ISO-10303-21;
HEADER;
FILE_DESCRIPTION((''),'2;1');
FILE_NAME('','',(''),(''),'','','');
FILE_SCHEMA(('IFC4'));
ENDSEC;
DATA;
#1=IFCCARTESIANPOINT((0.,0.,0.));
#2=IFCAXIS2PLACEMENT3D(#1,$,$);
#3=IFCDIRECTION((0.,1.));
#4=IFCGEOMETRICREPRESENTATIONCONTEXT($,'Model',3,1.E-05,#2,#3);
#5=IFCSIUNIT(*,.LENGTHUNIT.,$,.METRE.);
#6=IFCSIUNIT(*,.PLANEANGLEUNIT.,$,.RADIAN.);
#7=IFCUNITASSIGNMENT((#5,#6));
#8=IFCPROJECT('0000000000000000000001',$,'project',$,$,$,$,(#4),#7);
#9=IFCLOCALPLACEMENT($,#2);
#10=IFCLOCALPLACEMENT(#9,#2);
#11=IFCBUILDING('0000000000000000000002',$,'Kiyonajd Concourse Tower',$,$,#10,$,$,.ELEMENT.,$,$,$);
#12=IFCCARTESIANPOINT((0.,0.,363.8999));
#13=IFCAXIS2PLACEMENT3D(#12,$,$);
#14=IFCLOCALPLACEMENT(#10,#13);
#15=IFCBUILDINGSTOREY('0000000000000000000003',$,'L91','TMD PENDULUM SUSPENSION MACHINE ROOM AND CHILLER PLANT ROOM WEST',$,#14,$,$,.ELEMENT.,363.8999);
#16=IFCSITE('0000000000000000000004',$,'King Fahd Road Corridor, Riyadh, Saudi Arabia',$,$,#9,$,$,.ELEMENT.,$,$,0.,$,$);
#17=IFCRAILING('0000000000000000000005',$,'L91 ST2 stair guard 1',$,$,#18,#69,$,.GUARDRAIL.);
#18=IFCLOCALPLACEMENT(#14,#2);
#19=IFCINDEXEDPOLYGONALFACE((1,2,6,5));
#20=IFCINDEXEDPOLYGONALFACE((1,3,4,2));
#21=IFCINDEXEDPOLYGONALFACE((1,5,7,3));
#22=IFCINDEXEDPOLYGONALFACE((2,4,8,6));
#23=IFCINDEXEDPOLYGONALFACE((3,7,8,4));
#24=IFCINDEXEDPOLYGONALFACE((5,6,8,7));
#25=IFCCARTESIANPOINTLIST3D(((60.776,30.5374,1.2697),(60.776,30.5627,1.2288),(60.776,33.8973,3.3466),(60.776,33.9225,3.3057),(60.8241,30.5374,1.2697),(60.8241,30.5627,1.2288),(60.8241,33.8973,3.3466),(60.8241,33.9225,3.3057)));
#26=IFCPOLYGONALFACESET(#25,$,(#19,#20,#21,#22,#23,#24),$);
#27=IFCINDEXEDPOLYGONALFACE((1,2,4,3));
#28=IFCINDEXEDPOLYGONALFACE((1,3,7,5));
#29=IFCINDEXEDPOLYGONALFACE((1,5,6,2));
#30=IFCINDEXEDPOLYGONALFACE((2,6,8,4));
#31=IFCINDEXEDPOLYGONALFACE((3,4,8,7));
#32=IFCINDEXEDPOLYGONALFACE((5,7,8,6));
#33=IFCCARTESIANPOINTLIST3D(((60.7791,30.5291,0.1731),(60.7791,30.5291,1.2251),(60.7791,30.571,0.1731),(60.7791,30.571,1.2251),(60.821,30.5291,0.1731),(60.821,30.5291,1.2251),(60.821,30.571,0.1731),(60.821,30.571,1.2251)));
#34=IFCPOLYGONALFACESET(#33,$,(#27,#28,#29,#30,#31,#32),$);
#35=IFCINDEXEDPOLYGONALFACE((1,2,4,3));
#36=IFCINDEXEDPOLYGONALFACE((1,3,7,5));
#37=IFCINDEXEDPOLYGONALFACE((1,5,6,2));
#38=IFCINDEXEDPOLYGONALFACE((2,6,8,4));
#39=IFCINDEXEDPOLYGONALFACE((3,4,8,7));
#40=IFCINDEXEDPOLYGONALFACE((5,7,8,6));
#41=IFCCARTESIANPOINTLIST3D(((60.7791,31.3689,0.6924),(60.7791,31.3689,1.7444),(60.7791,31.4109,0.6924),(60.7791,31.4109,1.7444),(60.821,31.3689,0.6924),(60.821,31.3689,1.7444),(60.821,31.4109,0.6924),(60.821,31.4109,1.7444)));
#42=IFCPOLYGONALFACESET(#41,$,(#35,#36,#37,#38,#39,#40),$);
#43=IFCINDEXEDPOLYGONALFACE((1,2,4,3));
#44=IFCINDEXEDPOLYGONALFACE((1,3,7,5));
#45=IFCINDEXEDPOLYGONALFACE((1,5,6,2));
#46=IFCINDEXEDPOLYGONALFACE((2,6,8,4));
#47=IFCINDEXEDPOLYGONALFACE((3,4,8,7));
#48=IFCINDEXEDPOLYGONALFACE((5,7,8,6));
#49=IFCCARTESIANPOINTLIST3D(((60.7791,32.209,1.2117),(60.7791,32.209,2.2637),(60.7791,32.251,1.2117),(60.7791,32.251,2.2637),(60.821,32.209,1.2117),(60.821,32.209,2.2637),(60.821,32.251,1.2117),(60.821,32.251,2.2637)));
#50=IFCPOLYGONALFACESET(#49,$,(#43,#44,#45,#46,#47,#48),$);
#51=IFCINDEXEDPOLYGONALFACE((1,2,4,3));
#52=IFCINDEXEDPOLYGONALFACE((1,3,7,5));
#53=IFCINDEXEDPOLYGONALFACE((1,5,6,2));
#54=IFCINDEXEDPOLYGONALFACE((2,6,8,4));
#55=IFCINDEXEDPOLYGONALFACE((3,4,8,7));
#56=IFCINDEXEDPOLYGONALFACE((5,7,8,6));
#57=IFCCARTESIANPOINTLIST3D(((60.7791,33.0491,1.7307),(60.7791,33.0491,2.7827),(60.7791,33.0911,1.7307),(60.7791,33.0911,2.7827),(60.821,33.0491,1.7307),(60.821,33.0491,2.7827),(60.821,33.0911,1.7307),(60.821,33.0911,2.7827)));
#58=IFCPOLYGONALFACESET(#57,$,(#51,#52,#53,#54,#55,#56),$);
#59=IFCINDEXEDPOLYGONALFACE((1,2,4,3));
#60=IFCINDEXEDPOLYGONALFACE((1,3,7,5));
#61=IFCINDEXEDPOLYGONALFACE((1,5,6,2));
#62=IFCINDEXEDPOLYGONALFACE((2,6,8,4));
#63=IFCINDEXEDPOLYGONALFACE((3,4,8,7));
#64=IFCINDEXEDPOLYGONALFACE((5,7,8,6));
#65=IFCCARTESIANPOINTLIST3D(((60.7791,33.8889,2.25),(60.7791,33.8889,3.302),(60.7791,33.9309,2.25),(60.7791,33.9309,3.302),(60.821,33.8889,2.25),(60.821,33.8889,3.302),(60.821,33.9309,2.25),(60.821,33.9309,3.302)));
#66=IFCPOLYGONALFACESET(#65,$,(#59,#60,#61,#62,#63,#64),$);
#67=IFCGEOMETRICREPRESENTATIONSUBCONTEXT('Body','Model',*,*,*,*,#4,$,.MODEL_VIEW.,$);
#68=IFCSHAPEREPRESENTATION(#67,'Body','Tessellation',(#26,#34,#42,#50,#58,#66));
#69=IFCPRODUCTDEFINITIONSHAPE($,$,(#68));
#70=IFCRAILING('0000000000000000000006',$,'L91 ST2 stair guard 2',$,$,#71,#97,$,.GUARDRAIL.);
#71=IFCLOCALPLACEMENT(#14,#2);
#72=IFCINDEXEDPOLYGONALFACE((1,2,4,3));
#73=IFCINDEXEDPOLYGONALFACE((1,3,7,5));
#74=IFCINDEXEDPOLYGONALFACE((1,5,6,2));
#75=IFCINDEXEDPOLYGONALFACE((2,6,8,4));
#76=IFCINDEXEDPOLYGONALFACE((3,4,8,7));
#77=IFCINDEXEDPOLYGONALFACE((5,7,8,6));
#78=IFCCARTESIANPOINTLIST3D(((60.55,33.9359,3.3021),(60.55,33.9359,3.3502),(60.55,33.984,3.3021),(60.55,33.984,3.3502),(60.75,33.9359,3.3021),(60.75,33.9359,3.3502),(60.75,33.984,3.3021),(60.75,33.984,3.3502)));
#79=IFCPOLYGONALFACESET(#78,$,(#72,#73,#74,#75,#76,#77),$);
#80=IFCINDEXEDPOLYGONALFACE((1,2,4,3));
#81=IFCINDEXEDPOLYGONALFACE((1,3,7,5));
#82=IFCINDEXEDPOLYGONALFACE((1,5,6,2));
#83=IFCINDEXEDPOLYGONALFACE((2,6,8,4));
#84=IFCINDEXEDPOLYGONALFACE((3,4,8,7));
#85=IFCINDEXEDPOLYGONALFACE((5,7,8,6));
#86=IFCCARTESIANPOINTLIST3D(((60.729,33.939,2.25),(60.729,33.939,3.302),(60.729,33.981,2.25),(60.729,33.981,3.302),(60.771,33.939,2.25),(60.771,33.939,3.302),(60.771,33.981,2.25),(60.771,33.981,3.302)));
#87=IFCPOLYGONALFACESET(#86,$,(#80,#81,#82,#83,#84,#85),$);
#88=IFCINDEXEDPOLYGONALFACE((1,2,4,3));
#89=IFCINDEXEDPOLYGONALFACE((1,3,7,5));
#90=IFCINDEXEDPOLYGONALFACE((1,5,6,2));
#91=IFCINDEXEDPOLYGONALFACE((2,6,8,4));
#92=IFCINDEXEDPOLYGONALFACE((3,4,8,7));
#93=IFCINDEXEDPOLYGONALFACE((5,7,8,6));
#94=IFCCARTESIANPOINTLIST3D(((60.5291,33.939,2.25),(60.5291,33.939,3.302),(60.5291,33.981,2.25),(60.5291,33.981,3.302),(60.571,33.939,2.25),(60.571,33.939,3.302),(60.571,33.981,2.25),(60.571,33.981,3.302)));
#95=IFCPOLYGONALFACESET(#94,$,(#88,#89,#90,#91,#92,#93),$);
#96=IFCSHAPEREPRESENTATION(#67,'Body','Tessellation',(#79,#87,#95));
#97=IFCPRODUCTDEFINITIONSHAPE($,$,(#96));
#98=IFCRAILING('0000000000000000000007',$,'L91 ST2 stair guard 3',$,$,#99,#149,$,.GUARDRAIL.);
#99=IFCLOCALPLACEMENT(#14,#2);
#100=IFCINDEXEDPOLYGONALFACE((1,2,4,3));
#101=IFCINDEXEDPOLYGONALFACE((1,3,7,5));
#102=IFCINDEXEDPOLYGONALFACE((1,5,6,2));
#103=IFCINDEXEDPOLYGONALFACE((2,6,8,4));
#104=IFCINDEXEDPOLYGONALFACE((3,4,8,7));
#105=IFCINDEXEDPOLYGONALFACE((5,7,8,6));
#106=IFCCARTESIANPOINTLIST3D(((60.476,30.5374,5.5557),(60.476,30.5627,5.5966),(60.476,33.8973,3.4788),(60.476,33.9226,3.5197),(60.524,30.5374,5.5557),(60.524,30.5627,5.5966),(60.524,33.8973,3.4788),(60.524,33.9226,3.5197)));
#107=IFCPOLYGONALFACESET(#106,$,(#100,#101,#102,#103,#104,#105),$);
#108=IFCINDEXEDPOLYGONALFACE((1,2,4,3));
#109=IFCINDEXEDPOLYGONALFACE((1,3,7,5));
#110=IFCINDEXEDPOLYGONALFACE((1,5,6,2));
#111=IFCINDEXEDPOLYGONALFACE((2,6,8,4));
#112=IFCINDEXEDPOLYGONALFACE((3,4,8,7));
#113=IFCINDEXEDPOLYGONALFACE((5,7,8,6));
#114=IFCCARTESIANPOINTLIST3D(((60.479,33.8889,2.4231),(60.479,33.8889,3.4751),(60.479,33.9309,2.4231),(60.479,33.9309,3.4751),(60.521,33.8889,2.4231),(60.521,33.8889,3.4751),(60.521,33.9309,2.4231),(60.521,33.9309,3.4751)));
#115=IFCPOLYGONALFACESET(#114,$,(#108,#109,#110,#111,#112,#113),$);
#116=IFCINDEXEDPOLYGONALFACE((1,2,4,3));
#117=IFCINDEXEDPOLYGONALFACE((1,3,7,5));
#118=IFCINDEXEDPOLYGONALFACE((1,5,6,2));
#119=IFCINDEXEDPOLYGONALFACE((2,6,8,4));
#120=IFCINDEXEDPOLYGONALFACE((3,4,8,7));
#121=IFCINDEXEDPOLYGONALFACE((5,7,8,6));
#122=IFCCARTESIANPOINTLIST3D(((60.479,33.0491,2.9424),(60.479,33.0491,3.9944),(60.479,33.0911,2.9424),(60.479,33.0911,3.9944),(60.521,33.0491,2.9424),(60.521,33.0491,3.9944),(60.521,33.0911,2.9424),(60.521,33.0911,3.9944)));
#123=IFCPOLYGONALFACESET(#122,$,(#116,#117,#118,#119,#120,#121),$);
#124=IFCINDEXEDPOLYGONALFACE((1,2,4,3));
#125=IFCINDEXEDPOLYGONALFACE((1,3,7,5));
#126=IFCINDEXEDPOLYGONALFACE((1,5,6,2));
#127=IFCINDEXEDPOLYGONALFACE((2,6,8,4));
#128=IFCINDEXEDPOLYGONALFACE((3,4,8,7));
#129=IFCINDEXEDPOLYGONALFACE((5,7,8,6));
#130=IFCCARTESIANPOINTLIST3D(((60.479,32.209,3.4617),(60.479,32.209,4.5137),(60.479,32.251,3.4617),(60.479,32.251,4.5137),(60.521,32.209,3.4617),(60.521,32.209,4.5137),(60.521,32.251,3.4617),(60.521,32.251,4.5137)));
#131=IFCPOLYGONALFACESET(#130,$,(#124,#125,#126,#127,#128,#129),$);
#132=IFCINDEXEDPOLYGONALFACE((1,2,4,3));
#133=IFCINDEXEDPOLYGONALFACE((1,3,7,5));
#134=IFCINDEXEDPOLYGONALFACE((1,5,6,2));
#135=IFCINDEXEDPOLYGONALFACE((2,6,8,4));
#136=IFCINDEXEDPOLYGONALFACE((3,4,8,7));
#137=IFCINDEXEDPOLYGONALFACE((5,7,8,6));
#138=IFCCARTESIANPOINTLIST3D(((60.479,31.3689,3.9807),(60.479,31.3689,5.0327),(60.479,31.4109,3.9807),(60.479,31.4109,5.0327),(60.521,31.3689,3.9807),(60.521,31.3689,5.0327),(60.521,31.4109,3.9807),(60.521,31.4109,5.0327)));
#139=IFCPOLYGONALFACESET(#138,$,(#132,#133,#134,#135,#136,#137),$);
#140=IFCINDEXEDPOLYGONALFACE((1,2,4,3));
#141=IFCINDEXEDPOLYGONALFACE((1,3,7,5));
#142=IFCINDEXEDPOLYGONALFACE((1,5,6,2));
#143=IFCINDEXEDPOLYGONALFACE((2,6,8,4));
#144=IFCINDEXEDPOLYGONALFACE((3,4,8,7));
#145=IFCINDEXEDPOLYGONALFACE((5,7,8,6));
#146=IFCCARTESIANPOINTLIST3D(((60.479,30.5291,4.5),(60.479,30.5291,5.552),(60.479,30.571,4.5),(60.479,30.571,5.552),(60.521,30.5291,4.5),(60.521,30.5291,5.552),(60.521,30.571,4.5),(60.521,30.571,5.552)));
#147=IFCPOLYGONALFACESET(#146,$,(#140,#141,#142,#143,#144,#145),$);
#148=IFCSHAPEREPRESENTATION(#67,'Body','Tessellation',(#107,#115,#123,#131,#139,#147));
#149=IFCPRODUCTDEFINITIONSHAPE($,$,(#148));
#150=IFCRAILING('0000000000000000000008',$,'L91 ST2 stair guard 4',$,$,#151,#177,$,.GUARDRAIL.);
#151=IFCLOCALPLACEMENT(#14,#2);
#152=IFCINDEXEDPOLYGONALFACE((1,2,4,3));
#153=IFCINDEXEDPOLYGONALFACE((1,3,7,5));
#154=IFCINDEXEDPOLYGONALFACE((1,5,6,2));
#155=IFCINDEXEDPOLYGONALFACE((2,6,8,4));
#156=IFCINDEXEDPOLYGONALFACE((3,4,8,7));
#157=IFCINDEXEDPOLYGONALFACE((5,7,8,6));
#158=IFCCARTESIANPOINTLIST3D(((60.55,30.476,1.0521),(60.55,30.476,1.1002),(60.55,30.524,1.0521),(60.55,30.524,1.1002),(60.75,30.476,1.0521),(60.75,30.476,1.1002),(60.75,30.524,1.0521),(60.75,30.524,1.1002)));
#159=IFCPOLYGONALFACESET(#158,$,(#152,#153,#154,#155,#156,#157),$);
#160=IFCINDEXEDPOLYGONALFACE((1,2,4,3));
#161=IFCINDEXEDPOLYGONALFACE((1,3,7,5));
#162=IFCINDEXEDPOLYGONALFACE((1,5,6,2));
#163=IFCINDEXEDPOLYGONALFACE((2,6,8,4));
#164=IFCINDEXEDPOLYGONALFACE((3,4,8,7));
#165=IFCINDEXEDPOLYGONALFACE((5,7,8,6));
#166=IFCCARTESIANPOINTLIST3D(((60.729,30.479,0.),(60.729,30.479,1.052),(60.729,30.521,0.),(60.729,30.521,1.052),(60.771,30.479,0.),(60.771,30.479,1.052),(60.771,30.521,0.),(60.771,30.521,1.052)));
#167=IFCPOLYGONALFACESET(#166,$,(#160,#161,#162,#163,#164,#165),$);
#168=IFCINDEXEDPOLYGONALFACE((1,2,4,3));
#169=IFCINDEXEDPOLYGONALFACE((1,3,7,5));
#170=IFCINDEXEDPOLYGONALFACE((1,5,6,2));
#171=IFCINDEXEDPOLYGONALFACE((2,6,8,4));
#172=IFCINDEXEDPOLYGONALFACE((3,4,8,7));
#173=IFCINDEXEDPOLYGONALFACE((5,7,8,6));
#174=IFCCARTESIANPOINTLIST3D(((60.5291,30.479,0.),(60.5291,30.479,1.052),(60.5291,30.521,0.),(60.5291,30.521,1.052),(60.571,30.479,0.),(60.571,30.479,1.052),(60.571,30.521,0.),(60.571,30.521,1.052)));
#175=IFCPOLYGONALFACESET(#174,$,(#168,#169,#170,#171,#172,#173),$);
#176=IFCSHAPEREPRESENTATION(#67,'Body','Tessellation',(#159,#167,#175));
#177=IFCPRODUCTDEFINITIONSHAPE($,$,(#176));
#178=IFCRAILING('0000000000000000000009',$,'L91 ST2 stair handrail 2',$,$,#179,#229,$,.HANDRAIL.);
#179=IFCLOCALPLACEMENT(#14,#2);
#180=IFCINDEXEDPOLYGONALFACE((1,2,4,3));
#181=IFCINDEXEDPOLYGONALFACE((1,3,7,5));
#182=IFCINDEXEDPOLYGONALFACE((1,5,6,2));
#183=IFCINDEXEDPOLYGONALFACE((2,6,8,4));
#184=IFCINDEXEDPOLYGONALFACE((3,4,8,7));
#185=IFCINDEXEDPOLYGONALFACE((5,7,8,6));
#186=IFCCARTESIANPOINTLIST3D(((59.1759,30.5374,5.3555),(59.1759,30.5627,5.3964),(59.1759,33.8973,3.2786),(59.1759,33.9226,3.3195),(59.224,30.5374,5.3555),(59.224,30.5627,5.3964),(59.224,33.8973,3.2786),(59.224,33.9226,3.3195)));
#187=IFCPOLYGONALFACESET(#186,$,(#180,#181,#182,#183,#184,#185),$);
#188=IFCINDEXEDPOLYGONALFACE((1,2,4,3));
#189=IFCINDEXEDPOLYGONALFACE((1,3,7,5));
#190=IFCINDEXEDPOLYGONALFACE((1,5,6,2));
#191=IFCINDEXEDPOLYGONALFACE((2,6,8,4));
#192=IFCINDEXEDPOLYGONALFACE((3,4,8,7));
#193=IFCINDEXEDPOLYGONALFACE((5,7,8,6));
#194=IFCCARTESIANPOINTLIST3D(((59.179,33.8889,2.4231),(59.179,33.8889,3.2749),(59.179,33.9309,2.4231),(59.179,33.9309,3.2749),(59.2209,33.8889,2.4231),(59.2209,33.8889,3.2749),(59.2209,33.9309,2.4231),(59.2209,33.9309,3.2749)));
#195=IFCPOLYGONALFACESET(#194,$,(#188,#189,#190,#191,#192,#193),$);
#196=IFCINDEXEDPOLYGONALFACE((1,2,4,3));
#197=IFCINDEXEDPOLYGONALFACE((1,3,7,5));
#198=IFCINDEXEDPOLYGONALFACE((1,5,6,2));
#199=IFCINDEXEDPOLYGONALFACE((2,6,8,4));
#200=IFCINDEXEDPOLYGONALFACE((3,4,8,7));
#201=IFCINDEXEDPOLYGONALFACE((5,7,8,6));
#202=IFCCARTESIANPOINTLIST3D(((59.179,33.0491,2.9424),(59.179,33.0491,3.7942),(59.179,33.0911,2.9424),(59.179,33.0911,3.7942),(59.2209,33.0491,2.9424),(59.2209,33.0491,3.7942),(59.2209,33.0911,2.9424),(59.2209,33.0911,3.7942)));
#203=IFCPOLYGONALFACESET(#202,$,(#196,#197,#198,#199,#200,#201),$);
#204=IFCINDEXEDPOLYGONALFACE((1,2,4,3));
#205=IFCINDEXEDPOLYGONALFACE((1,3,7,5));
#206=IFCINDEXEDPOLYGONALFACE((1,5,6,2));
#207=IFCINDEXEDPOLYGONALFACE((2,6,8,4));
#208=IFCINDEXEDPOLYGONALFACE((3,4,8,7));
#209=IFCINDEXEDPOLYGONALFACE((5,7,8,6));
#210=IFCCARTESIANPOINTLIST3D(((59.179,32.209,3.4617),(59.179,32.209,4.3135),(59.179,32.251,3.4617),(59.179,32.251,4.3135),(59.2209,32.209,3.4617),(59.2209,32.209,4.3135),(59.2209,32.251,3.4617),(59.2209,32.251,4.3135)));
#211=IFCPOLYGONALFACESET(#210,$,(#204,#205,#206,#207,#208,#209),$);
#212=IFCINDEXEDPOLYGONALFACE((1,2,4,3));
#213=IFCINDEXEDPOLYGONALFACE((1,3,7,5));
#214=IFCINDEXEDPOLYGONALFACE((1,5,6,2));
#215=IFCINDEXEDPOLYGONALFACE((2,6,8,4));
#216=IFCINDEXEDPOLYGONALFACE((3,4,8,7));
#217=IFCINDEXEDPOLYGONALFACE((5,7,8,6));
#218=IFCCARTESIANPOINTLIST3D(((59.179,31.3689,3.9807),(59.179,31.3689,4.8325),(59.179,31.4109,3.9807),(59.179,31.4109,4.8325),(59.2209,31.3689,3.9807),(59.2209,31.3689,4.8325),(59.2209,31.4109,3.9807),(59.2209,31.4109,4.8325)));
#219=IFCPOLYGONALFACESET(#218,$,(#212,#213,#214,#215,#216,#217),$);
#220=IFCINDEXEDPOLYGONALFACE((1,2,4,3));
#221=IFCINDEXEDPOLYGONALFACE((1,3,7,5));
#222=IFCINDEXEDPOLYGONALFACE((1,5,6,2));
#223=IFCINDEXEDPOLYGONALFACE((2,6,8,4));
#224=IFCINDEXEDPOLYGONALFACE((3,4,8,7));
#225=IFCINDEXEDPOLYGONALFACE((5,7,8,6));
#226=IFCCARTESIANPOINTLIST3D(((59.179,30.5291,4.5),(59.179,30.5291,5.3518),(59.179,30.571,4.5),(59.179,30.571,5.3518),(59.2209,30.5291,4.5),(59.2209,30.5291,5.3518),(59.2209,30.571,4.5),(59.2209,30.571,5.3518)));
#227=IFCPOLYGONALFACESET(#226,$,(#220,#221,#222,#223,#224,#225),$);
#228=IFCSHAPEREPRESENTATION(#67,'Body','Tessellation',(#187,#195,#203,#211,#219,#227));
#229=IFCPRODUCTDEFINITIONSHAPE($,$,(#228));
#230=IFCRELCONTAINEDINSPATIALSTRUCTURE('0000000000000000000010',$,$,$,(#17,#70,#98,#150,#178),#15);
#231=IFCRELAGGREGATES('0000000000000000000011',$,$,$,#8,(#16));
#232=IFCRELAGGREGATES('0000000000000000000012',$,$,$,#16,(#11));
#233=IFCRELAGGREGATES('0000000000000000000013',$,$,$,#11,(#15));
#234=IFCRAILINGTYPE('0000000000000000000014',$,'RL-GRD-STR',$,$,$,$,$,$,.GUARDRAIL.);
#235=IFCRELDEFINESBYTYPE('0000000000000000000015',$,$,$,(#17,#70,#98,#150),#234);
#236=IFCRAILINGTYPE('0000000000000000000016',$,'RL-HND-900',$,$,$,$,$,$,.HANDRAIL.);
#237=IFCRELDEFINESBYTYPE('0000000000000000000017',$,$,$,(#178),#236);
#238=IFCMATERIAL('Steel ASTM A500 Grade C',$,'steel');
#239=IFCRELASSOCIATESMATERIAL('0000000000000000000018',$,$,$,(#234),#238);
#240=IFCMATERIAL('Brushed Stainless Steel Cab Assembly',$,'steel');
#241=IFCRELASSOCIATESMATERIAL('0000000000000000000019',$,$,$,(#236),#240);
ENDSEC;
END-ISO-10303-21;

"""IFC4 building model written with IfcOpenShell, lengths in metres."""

from ifc_helpers import new_model, si_unit, direction, frame, origin, origin_2d, place, context, subcontext, project, spatial, rectangle, extrude, material, type_object, element, save


model = new_model("IFC4")

# Units and contexts
model_context = context("Model", 3, precision=1e-05, world=origin(), true_north=direction((0.0, 1.0)))
body_context = subcontext(model_context, "Body", "Model", "MODEL_VIEW")
ifc_project = project(units=[si_unit("LENGTHUNIT", "METRE"), si_unit("PLANEANGLEUNIT", "RADIAN")], contexts=[model_context])

# Site, building, storey
site_placement = place(None, origin())
site = spatial("IfcSite", under=ifc_project, at=site_placement, Name="King Fahd Road Corridor, Riyadh, Saudi Arabia", CompositionType="ELEMENT", RefElevation=0.0)
building_placement = place(site_placement, origin())
building = spatial("IfcBuilding", under=site, at=building_placement, Name="Kiyonajd Concourse Tower", CompositionType="ELEMENT")
storey_placement = place(building_placement, frame((0.0, 0.0, 363.8999)))
storey = spatial("IfcBuildingStorey", under=building, at=storey_placement, Name="L91", Description="TMD PENDULUM SUSPENSION MACHINE ROOM AND CHILLER PLANT ROOM WEST", CompositionType="ELEMENT", Elevation=363.8999)

# Shared definitions
ifc_material_1 = material(Name="Brushed Stainless Steel Cab Assembly", Category="steel")

# Railings
ifc_material_2 = material(Name="Steel ASTM A500 Grade C", Category="steel")
railing_type_1 = type_object("IfcRailingType", Name="RL-GRD-STR", PredefinedType="GUARDRAIL", material=ifc_material_2)
railing_1_placement = place(storey_placement, frame((60.8, 30.55, 0.1731)))
element("IfcRailing", 1, at=railing_1_placement, inside=storey, type_object=railing_type_1, Name="L91 ST2 stair guard 1", PredefinedType="GUARDRAIL", context=body_context, shape_type="SweptSolid", body=[
    extrude(rectangle(XDim=0.0481, YDim=0.0481, at=origin_2d()), frame((0.0, 0.0, 1.0762), z_axis=(0.0, 0.850606, 0.525803), x_axis=(-1.0, 0.0, 0.0)), (0.0, 0.0, 1.0), 3.95),
    extrude(rectangle(XDim=0.042, YDim=0.042, at=origin_2d()), origin(), (0.0, 0.0, 1.0), 1.052),
    extrude(rectangle(XDim=0.042, YDim=0.042, at=origin_2d()), frame((0.0, 0.8398, 0.5193)), (0.0, 0.0, 1.0), 1.052),
    extrude(rectangle(XDim=0.042, YDim=0.042, at=origin_2d()), frame((0.0, 1.6799, 1.0386)), (0.0, 0.0, 1.0), 1.052),
    extrude(rectangle(XDim=0.042, YDim=0.042, at=origin_2d()), frame((0.0, 2.52, 1.5576)), (0.0, 0.0, 1.0), 1.052),
    extrude(rectangle(XDim=0.042, YDim=0.042, at=origin_2d()), frame((0.0, 3.3599, 2.0769)), (0.0, 0.0, 1.0), 1.052),
])
railing_2_placement = place(storey_placement, frame((60.75, 33.96, 2.25)))
element("IfcRailing", 2, at=railing_2_placement, inside=storey, type_object=railing_type_1, Name="L91 ST2 stair guard 2", PredefinedType="GUARDRAIL", context=body_context, shape_type="SweptSolid", body=[
    extrude(rectangle(XDim=0.0481, YDim=0.0481, at=origin_2d()), frame((0.0, 0.0, 1.0762), z_axis=(-1.0, 0.0, 0.0), x_axis=(0.0, -1.0, 0.0)), (0.0, 0.0, 1.0), 0.2),
    extrude(rectangle(XDim=0.042, YDim=0.042, at=origin_2d()), origin(), (0.0, 0.0, 1.0), 1.052),
    extrude(rectangle(XDim=0.042, YDim=0.042, at=origin_2d()), frame((-0.2, 0.0, 0.0)), (0.0, 0.0, 1.0), 1.052),
])
railing_3_placement = place(storey_placement, frame((60.5, 33.9099, 2.4231)))
element("IfcRailing", 3, at=railing_3_placement, inside=storey, type_object=railing_type_1, Name="L91 ST2 stair guard 3", PredefinedType="GUARDRAIL", context=body_context, shape_type="SweptSolid", body=[
    extrude(rectangle(XDim=0.0481, YDim=0.0481, at=origin_2d()), frame((0.0, 0.0, 1.0762), z_axis=(0.0, -0.850606, 0.525803), x_axis=(1.0, 0.0, 0.0)), (0.0, 0.0, 1.0), 3.95),
    extrude(rectangle(XDim=0.042, YDim=0.042, at=origin_2d()), origin(), (0.0, 0.0, 1.0), 1.052),
    extrude(rectangle(XDim=0.042, YDim=0.042, at=origin_2d()), frame((0.0, -0.8398, 0.5193)), (0.0, 0.0, 1.0), 1.052),
    extrude(rectangle(XDim=0.042, YDim=0.042, at=origin_2d()), frame((0.0, -1.6799, 1.0386)), (0.0, 0.0, 1.0), 1.052),
    extrude(rectangle(XDim=0.042, YDim=0.042, at=origin_2d()), frame((0.0, -2.52, 1.5576)), (0.0, 0.0, 1.0), 1.052),
    extrude(rectangle(XDim=0.042, YDim=0.042, at=origin_2d()), frame((0.0, -3.3599, 2.0769)), (0.0, 0.0, 1.0), 1.052),
])
railing_4_placement = place(storey_placement, frame((60.75, 30.5, 0.0)))
element("IfcRailing", 4, at=railing_4_placement, inside=storey, type_object=railing_type_1, Name="L91 ST2 stair guard 4", PredefinedType="GUARDRAIL", context=body_context, shape_type="SweptSolid", body=[
    extrude(rectangle(XDim=0.0481, YDim=0.0481, at=origin_2d()), frame((0.0, 0.0, 1.0762), z_axis=(-1.0, 0.0, 0.0), x_axis=(0.0, -1.0, 0.0)), (0.0, 0.0, 1.0), 0.2),
    extrude(rectangle(XDim=0.042, YDim=0.042, at=origin_2d()), origin(), (0.0, 0.0, 1.0), 1.052),
    extrude(rectangle(XDim=0.042, YDim=0.042, at=origin_2d()), frame((-0.2, 0.0, 0.0)), (0.0, 0.0, 1.0), 1.052),
])
railing_type_2 = type_object("IfcRailingType", Name="RL-HND-900", PredefinedType="HANDRAIL", material=ifc_material_1)
railing_5_placement = place(storey_placement, frame((59.2, 33.9099, 2.4231)))
element("IfcRailing", 5, at=railing_5_placement, inside=storey, type_object=railing_type_2, Name="L91 ST2 stair handrail 2", PredefinedType="HANDRAIL", context=body_context, shape_type="SweptSolid", body=[
    extrude(rectangle(XDim=0.0481, YDim=0.0481, at=origin_2d()), frame((0.0, 0.0, 0.876), z_axis=(0.0, -0.850606, 0.525803), x_axis=(1.0, 0.0, 0.0)), (0.0, 0.0, 1.0), 3.95),
    extrude(rectangle(XDim=0.042, YDim=0.042, at=origin_2d()), origin(), (0.0, 0.0, 1.0), 0.8518),
    extrude(rectangle(XDim=0.042, YDim=0.042, at=origin_2d()), frame((0.0, -0.8398, 0.5193)), (0.0, 0.0, 1.0), 0.8518),
    extrude(rectangle(XDim=0.042, YDim=0.042, at=origin_2d()), frame((0.0, -1.6799, 1.0386)), (0.0, 0.0, 1.0), 0.8518),
    extrude(rectangle(XDim=0.042, YDim=0.042, at=origin_2d()), frame((0.0, -2.52, 1.5576)), (0.0, 0.0, 1.0), 0.8518),
    extrude(rectangle(XDim=0.042, YDim=0.042, at=origin_2d()), frame((0.0, -3.3599, 2.0769)), (0.0, 0.0, 1.0), 0.8518),
])

save(model, "model.ifc")
